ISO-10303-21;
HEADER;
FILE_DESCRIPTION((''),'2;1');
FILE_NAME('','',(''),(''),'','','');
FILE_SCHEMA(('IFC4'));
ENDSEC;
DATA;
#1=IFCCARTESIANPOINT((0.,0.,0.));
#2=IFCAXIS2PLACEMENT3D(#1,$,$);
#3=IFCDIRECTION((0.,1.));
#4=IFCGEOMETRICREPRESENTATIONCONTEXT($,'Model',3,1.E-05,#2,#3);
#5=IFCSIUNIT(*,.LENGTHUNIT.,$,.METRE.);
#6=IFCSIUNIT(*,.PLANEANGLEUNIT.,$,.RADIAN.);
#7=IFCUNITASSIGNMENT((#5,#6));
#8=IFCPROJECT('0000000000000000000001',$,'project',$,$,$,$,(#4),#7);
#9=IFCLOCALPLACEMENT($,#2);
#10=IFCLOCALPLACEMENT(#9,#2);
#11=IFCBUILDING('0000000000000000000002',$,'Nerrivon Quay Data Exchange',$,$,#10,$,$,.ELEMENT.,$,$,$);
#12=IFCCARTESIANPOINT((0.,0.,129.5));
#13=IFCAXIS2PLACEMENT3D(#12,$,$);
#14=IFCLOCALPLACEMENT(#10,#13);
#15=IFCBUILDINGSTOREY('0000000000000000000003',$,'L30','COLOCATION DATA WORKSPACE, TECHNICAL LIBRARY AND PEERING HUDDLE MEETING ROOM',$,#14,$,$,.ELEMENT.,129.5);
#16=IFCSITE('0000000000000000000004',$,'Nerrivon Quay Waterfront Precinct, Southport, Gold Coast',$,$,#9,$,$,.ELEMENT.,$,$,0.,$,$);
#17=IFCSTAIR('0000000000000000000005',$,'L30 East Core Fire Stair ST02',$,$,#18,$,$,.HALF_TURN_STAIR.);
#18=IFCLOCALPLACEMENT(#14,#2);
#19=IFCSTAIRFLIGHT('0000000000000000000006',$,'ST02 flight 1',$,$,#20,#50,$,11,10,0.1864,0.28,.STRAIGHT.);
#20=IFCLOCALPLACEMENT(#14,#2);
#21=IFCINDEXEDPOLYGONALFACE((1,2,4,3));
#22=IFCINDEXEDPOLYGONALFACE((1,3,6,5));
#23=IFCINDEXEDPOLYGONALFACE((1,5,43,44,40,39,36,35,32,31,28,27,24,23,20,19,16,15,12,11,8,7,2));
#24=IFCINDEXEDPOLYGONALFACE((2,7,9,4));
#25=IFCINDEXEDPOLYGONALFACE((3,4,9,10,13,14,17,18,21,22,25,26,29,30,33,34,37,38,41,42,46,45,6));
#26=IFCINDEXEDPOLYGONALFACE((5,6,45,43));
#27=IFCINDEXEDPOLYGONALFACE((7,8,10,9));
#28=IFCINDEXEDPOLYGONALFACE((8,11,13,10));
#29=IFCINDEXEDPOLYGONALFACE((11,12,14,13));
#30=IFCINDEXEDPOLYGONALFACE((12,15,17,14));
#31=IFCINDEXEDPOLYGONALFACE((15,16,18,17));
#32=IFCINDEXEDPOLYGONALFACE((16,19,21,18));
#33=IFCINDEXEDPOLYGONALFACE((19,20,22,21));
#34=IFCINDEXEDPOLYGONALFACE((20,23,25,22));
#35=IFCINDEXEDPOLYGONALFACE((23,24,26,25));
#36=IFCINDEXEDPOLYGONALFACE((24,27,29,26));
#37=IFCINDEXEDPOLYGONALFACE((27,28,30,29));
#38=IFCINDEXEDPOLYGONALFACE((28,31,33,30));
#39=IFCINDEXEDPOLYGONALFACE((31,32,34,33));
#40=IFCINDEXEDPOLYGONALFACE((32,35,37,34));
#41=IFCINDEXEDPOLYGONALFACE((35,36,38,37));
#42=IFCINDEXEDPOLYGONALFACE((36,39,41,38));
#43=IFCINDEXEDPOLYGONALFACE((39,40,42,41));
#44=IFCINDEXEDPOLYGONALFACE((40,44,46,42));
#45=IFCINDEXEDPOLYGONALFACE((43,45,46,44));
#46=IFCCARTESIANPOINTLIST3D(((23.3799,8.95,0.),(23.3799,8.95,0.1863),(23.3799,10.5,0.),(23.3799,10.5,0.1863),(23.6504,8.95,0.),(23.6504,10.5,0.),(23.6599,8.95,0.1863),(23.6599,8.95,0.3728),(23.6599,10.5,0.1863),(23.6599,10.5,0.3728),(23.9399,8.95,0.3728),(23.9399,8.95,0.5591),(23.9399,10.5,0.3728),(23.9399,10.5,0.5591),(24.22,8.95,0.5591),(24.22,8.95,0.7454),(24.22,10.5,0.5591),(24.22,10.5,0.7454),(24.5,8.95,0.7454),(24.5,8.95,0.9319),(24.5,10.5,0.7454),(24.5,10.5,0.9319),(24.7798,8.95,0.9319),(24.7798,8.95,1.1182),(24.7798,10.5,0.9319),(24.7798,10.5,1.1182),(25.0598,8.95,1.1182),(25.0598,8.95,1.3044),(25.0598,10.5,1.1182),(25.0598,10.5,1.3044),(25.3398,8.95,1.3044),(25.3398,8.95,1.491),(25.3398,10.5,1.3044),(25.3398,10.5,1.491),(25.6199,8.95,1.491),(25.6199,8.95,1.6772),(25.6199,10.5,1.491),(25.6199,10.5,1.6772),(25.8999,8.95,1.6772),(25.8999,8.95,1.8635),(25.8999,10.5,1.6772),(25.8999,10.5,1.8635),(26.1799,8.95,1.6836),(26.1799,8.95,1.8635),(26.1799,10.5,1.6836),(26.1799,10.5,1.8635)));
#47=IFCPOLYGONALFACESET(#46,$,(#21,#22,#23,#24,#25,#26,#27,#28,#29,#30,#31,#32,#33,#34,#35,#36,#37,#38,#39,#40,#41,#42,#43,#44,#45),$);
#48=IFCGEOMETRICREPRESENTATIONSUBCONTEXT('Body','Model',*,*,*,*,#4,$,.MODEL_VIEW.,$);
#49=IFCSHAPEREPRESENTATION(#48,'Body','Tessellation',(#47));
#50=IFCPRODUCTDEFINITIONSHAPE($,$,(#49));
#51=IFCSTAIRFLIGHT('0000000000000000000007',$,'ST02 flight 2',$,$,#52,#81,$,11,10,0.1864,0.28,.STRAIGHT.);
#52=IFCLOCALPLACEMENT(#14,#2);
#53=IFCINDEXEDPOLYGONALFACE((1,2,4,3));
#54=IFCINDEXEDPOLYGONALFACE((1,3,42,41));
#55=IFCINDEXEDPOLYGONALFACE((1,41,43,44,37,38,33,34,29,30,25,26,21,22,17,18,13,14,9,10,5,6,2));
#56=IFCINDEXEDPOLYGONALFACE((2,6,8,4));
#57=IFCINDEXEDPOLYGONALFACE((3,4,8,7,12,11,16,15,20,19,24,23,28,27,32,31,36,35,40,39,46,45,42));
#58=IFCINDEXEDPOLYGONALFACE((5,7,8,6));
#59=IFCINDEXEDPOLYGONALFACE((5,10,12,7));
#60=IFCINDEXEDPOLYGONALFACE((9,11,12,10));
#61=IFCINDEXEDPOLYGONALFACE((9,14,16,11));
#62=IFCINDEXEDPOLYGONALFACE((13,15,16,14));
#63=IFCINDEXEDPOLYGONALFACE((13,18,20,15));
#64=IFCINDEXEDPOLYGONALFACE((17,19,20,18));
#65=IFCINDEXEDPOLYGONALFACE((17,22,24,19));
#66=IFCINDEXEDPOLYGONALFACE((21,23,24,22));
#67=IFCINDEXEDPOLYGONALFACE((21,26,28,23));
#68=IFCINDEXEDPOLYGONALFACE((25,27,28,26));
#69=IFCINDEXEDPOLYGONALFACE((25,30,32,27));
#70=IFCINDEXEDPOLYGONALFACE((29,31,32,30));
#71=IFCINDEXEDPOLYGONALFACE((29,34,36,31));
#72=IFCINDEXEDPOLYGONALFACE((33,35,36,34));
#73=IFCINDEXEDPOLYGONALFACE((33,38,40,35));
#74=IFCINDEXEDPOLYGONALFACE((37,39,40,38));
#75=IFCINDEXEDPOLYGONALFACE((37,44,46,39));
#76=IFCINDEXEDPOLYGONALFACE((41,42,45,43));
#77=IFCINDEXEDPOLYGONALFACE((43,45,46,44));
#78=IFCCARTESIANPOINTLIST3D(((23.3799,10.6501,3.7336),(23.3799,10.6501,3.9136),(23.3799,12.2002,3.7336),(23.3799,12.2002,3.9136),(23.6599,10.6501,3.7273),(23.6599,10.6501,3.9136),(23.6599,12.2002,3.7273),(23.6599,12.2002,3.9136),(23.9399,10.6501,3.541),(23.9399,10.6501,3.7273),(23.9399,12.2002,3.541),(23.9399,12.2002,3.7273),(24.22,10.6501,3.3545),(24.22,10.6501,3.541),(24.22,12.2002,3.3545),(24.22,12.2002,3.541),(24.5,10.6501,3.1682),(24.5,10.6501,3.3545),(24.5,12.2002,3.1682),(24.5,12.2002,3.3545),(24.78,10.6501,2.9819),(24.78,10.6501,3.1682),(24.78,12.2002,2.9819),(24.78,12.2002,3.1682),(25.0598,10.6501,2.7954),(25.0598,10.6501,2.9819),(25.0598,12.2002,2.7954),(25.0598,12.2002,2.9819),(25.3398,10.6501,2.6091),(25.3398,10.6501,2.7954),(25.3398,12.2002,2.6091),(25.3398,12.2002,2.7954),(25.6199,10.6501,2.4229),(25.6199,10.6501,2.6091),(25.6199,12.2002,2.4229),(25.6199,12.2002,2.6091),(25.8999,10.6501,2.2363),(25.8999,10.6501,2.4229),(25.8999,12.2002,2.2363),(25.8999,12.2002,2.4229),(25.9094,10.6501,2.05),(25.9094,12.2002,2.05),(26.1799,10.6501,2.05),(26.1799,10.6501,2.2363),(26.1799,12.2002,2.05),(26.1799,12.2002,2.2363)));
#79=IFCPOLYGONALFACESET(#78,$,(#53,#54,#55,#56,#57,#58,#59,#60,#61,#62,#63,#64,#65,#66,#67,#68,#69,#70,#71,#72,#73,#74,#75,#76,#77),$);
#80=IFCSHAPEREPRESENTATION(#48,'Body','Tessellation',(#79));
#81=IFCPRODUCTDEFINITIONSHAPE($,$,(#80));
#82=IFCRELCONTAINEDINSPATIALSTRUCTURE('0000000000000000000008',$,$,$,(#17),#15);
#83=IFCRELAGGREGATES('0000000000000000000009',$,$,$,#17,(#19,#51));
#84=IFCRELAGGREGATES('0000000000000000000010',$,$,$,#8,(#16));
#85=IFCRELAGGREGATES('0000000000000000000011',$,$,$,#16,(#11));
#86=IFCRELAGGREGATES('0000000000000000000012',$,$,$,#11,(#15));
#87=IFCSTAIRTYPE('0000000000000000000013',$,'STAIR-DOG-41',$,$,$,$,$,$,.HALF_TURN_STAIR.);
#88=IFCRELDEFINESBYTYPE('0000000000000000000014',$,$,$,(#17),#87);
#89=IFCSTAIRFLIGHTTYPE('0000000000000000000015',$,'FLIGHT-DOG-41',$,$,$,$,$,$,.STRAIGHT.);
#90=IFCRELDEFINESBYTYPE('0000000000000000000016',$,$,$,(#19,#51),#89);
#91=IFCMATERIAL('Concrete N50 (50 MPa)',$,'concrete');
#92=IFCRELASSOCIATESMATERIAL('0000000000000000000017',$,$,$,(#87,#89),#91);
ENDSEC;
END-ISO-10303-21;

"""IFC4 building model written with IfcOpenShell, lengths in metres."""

from ifc_helpers import new_model, si_unit, direction, frame, origin, place, context, subcontext, project, spatial, polyline, outline, extrude, material, type_object, element, aggregate, save


model = new_model("IFC4")

# Units and contexts
model_context = context("Model", 3, precision=1e-05, world=origin(), true_north=direction((0.0, 1.0)))
body_context = subcontext(model_context, "Body", "Model", "MODEL_VIEW")
ifc_project = project(units=[si_unit("LENGTHUNIT", "METRE"), si_unit("PLANEANGLEUNIT", "RADIAN")], contexts=[model_context])

# Site, building, storey
site_placement = place(None, origin())
site = spatial("IfcSite", under=ifc_project, at=site_placement, Name="Nerrivon Quay Waterfront Precinct, Southport, Gold Coast", CompositionType="ELEMENT", RefElevation=0.0)
building_placement = place(site_placement, origin())
building = spatial("IfcBuilding", under=site, at=building_placement, Name="Nerrivon Quay Data Exchange", CompositionType="ELEMENT")
storey_placement = place(building_placement, frame((0.0, 0.0, 129.5)))
storey = spatial("IfcBuildingStorey", under=building, at=storey_placement, Name="L30", Description="COLOCATION DATA WORKSPACE, TECHNICAL LIBRARY AND PEERING HUDDLE MEETING ROOM", CompositionType="ELEMENT", Elevation=129.5)

# Shared definitions
ifc_material_1 = material(Name="Concrete N50 (50 MPa)", Category="concrete")

# Stair, stair flights
stair_type = type_object("IfcStairType", Name="STAIR-DOG-41", PredefinedType="HALF_TURN_STAIR", material=ifc_material_1)
stair_placement = place(storey_placement, origin())
stair = element("IfcStair", 1, at=stair_placement, inside=storey, type_object=stair_type, Name="L30 East Core Fire Stair ST02", PredefinedType="HALF_TURN_STAIR")
stair_flight_type = type_object("IfcStairFlightType", Name="FLIGHT-DOG-41", PredefinedType="STRAIGHT", material=ifc_material_1)
stair_flight_1_placement = place(storey_placement, frame((23.3799, 9.7251, 0.0), z_axis=(0.0, 0.0, 1.0), x_axis=(1.0, 0.0, 0.0)))
stair_flight_1 = element("IfcStairFlight", 2, at=stair_flight_1_placement, type_object=stair_flight_type, Name="ST02 flight 1", NumberOfRisers=11, NumberOfTreads=10, PredefinedType="STRAIGHT", RiserHeight=0.1864, TreadLength=0.28, context=body_context, shape_type="SweptSolid", body=[
    extrude(outline(polyline([(0.0, 0.0), (0.0, 0.1863), (0.28, 0.1863), (0.28, 0.3728), (0.5601, 0.3728), (0.5601, 0.5591), (0.8401, 0.5591), (0.8401, 0.7454), (1.1201, 0.7454), (1.1201, 0.9319), (1.3999, 0.9319), (1.3999, 1.1182), (1.6799, 1.1182), (1.6799, 1.3044), (1.96, 1.3044), (1.96, 1.491), (2.24, 1.491), (2.24, 1.6772), (2.52, 1.6772), (2.52, 1.8635), (2.8, 1.8635), (2.8, 2.05), (2.8, 1.6836), (0.2705, 0.0), (0.0, 0.0)])), frame((0.0, 0.7749, 0.0), z_axis=(0.0, -1.0, 0.0), x_axis=(1.0, 0.0, 0.0)), (0.0, 0.0, 1.0), 1.55),
])
stair_flight_2_placement = place(storey_placement, frame((26.1799, 11.425, 2.05), z_axis=(0.0, 0.0, 1.0), x_axis=(-1.0, 0.0, 0.0)))
stair_flight_2 = element("IfcStairFlight", 3, at=stair_flight_2_placement, type_object=stair_flight_type, Name="ST02 flight 2", NumberOfRisers=11, NumberOfTreads=10, PredefinedType="STRAIGHT", RiserHeight=0.1864, TreadLength=0.28, context=body_context, shape_type="SweptSolid", body=[
    extrude(outline(polyline([(0.0, 0.0), (0.0, 0.1863), (0.28, 0.1863), (0.28, 0.3728), (0.5601, 0.3728), (0.5601, 0.5591), (0.8401, 0.5591), (0.8401, 0.7454), (1.1201, 0.7454), (1.1201, 0.9319), (1.3999, 0.9319), (1.3999, 1.1182), (1.6799, 1.1182), (1.6799, 1.3044), (1.96, 1.3044), (1.96, 1.491), (2.24, 1.491), (2.24, 1.6772), (2.52, 1.6772), (2.52, 1.8635), (2.8, 1.8635), (2.8, 2.05), (2.8, 1.6836), (0.2705, 0.0), (0.0, 0.0)])), frame((0.0, 0.7749, 0.0), z_axis=(0.0, -1.0, 0.0), x_axis=(1.0, 0.0, 0.0)), (0.0, 0.0, 1.0), 1.55),
])
aggregate(stair, [stair_flight_1, stair_flight_2])

save(model, "model.ifc")
